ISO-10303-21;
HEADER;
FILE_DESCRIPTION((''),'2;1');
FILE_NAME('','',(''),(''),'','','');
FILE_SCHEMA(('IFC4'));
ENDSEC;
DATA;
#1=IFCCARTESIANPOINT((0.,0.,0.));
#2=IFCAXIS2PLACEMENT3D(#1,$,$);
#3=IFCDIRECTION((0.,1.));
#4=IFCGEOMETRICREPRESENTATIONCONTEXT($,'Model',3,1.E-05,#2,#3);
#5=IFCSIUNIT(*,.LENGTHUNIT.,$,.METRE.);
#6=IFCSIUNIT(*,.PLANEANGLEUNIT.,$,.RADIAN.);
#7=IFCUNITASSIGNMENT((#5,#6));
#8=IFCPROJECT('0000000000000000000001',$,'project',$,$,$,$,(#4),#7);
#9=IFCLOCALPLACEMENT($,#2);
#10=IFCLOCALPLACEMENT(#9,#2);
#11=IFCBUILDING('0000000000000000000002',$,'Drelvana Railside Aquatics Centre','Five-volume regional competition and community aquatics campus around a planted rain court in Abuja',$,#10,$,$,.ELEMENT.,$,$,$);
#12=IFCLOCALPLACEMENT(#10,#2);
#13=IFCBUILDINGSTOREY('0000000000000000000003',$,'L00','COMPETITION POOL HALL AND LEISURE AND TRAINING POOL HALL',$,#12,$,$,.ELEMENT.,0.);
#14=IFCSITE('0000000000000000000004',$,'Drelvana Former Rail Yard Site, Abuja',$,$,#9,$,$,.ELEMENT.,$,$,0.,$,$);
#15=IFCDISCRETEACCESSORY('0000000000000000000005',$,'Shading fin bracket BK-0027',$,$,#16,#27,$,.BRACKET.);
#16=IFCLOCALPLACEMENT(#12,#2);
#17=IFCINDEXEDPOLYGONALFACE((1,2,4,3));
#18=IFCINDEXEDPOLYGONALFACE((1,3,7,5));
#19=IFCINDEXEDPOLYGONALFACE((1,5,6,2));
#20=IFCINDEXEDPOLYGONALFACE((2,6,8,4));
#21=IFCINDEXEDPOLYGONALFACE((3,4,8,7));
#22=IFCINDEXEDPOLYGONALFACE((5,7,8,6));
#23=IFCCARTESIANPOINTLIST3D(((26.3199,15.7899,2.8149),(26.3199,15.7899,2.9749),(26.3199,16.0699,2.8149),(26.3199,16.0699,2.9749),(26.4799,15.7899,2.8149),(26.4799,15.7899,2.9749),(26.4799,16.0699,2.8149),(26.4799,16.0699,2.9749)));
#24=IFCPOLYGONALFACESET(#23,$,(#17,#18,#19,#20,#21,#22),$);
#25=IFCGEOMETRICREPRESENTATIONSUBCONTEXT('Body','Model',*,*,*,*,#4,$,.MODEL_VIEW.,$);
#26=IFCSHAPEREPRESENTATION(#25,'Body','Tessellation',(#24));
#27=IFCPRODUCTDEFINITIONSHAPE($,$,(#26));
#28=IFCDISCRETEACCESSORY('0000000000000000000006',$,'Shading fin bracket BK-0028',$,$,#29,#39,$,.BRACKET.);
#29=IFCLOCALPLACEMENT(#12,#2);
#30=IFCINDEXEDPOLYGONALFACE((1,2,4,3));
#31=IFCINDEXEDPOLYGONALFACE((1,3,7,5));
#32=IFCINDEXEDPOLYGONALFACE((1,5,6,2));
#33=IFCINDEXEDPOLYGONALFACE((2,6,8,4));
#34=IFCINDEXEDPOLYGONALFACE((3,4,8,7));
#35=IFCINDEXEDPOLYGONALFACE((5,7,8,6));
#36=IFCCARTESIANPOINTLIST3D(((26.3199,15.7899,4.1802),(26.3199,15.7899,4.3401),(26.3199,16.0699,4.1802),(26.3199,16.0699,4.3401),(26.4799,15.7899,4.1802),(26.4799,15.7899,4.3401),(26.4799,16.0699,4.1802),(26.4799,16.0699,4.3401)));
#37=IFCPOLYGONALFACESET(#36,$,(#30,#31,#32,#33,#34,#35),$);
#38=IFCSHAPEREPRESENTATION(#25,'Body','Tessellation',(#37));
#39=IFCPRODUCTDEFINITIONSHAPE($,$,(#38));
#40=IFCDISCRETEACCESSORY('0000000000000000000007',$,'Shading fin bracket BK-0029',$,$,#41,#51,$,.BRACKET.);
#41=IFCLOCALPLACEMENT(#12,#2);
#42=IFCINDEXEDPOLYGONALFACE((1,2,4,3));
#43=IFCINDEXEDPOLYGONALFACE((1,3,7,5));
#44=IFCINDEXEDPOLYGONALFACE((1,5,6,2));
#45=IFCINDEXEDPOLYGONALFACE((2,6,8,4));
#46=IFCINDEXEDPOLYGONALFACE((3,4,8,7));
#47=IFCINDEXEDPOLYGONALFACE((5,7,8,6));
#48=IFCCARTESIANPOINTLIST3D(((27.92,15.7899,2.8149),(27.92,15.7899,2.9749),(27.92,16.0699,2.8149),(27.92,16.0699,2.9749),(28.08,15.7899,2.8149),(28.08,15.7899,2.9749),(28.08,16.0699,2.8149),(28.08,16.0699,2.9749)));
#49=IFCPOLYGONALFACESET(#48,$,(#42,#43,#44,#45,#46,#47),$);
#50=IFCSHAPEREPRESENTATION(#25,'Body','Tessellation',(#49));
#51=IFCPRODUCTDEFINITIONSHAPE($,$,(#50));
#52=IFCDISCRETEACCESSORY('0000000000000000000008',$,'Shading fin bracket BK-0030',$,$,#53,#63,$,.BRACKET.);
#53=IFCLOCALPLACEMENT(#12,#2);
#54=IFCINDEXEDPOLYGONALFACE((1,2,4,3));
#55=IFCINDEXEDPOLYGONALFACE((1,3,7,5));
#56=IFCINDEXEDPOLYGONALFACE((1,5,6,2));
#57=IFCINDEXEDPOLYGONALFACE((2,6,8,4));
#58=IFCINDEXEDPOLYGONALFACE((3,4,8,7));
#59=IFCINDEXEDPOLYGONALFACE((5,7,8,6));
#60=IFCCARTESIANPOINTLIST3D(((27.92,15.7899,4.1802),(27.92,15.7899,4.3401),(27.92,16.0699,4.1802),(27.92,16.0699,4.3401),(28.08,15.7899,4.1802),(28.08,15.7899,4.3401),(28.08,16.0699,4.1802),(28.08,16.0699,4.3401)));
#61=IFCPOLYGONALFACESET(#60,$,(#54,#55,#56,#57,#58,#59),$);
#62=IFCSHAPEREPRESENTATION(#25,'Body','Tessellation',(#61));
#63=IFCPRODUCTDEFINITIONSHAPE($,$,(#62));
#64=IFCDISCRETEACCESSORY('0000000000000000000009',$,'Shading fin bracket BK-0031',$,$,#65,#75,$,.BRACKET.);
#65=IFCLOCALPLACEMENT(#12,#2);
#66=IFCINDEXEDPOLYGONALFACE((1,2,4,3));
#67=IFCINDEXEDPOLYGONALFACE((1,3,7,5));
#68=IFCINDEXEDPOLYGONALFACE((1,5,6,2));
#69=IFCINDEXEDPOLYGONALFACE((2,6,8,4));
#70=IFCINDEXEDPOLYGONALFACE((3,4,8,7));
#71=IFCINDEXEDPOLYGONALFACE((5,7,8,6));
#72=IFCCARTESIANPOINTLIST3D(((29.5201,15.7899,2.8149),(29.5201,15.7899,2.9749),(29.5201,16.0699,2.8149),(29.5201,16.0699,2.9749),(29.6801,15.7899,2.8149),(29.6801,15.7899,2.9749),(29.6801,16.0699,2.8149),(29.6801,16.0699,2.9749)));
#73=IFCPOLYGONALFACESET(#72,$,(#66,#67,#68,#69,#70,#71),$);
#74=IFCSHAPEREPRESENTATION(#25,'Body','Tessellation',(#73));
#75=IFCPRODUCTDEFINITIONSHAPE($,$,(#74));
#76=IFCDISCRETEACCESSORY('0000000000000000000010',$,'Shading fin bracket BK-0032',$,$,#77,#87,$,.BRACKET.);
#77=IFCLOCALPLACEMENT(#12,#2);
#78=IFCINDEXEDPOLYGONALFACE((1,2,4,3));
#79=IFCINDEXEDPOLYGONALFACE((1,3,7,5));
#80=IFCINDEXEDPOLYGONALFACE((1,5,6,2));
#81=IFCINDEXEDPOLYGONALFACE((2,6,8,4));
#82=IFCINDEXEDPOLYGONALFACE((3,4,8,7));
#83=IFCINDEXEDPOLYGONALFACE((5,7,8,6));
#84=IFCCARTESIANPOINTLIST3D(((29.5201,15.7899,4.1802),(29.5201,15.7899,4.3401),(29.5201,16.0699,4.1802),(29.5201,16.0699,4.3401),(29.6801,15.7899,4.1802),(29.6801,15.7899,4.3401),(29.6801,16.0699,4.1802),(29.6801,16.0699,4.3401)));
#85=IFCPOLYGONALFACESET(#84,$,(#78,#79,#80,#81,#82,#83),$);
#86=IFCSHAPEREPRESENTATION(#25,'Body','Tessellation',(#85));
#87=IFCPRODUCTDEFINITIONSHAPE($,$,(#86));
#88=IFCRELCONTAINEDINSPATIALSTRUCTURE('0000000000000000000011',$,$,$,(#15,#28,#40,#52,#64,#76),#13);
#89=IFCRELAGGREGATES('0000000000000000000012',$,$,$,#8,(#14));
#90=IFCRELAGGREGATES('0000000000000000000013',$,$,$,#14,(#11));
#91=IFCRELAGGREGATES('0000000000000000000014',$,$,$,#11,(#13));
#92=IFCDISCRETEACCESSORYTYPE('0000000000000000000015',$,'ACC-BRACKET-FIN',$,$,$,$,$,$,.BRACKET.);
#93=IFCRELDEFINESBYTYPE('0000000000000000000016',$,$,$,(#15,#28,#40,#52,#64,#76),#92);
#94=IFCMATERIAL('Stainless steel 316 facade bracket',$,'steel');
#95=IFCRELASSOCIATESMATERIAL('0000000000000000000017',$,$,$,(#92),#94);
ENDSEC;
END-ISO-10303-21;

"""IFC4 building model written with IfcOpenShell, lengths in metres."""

from ifc_helpers import new_model, si_unit, direction, frame, origin, origin_2d, place, context, subcontext, project, spatial, rectangle, extrude, material, type_object, element, save


model = new_model("IFC4")

# Units and contexts
model_context = context("Model", 3, precision=1e-05, world=origin(), true_north=direction((0.0, 1.0)))
body_context = subcontext(model_context, "Body", "Model", "MODEL_VIEW")
ifc_project = project(units=[si_unit("LENGTHUNIT", "METRE"), si_unit("PLANEANGLEUNIT", "RADIAN")], contexts=[model_context])

# Site, building, storey
site_placement = place(None, origin())
site = spatial("IfcSite", under=ifc_project, at=site_placement, Name="Drelvana Former Rail Yard Site, Abuja", CompositionType="ELEMENT", RefElevation=0.0)
building_placement = place(site_placement, origin())
building = spatial("IfcBuilding", under=site, at=building_placement, Name="Drelvana Railside Aquatics Centre", Description="Five-volume regional competition and community aquatics campus around a planted rain court in Abuja", CompositionType="ELEMENT")
storey_placement = place(building_placement, origin())
storey = spatial("IfcBuildingStorey", under=building, at=storey_placement, Name="L00", Description="COMPETITION POOL HALL AND LEISURE AND TRAINING POOL HALL", CompositionType="ELEMENT", Elevation=0.0)

# Discrete accessories
ifc_material_1 = material(Name="Stainless steel 316 facade bracket", Category="steel")
discrete_accessory_type = type_object("IfcDiscreteAccessoryType", Name="ACC-BRACKET-FIN", PredefinedType="BRACKET", material=ifc_material_1)
for number, where, z_axis, x_axis, name in (
    (1, (26.3999, 15.9299, 2.8149), (0.0, 0.0, 1.0), (0.0, -1.0, 0.0), "Shading fin bracket BK-0027"),
    (2, (26.3999, 15.9299, 4.1802), (0.0, 0.0, 1.0), (0.0, -1.0, 0.0), "Shading fin bracket BK-0028"),
    (3, (28.0, 15.9299, 2.8149), (0.0, 0.0, 1.0), (0.0, -1.0, 0.0), "Shading fin bracket BK-0029"),
    (4, (28.0, 15.9299, 4.1802), (0.0, 0.0, 1.0), (0.0, -1.0, 0.0), "Shading fin bracket BK-0030"),
    (5, (29.6001, 15.9299, 2.8149), (0.0, 0.0, 1.0), (0.0, -1.0, 0.0), "Shading fin bracket BK-0031"),
    (6, (29.6001, 15.9299, 4.1802), (0.0, 0.0, 1.0), (0.0, -1.0, 0.0), "Shading fin bracket BK-0032"),
):
    element("IfcDiscreteAccessory", number, at=place(storey_placement, frame(where, z_axis=z_axis, x_axis=x_axis)), inside=storey, type_object=discrete_accessory_type, Name=name, PredefinedType="BRACKET", context=body_context, shape_type="SweptSolid", body=[
        extrude(rectangle(XDim=0.28, YDim=0.1599, at=origin_2d()), origin(), (0.0, 0.0, 1.0), 0.1599),
    ])

save(model, "model.ifc")
